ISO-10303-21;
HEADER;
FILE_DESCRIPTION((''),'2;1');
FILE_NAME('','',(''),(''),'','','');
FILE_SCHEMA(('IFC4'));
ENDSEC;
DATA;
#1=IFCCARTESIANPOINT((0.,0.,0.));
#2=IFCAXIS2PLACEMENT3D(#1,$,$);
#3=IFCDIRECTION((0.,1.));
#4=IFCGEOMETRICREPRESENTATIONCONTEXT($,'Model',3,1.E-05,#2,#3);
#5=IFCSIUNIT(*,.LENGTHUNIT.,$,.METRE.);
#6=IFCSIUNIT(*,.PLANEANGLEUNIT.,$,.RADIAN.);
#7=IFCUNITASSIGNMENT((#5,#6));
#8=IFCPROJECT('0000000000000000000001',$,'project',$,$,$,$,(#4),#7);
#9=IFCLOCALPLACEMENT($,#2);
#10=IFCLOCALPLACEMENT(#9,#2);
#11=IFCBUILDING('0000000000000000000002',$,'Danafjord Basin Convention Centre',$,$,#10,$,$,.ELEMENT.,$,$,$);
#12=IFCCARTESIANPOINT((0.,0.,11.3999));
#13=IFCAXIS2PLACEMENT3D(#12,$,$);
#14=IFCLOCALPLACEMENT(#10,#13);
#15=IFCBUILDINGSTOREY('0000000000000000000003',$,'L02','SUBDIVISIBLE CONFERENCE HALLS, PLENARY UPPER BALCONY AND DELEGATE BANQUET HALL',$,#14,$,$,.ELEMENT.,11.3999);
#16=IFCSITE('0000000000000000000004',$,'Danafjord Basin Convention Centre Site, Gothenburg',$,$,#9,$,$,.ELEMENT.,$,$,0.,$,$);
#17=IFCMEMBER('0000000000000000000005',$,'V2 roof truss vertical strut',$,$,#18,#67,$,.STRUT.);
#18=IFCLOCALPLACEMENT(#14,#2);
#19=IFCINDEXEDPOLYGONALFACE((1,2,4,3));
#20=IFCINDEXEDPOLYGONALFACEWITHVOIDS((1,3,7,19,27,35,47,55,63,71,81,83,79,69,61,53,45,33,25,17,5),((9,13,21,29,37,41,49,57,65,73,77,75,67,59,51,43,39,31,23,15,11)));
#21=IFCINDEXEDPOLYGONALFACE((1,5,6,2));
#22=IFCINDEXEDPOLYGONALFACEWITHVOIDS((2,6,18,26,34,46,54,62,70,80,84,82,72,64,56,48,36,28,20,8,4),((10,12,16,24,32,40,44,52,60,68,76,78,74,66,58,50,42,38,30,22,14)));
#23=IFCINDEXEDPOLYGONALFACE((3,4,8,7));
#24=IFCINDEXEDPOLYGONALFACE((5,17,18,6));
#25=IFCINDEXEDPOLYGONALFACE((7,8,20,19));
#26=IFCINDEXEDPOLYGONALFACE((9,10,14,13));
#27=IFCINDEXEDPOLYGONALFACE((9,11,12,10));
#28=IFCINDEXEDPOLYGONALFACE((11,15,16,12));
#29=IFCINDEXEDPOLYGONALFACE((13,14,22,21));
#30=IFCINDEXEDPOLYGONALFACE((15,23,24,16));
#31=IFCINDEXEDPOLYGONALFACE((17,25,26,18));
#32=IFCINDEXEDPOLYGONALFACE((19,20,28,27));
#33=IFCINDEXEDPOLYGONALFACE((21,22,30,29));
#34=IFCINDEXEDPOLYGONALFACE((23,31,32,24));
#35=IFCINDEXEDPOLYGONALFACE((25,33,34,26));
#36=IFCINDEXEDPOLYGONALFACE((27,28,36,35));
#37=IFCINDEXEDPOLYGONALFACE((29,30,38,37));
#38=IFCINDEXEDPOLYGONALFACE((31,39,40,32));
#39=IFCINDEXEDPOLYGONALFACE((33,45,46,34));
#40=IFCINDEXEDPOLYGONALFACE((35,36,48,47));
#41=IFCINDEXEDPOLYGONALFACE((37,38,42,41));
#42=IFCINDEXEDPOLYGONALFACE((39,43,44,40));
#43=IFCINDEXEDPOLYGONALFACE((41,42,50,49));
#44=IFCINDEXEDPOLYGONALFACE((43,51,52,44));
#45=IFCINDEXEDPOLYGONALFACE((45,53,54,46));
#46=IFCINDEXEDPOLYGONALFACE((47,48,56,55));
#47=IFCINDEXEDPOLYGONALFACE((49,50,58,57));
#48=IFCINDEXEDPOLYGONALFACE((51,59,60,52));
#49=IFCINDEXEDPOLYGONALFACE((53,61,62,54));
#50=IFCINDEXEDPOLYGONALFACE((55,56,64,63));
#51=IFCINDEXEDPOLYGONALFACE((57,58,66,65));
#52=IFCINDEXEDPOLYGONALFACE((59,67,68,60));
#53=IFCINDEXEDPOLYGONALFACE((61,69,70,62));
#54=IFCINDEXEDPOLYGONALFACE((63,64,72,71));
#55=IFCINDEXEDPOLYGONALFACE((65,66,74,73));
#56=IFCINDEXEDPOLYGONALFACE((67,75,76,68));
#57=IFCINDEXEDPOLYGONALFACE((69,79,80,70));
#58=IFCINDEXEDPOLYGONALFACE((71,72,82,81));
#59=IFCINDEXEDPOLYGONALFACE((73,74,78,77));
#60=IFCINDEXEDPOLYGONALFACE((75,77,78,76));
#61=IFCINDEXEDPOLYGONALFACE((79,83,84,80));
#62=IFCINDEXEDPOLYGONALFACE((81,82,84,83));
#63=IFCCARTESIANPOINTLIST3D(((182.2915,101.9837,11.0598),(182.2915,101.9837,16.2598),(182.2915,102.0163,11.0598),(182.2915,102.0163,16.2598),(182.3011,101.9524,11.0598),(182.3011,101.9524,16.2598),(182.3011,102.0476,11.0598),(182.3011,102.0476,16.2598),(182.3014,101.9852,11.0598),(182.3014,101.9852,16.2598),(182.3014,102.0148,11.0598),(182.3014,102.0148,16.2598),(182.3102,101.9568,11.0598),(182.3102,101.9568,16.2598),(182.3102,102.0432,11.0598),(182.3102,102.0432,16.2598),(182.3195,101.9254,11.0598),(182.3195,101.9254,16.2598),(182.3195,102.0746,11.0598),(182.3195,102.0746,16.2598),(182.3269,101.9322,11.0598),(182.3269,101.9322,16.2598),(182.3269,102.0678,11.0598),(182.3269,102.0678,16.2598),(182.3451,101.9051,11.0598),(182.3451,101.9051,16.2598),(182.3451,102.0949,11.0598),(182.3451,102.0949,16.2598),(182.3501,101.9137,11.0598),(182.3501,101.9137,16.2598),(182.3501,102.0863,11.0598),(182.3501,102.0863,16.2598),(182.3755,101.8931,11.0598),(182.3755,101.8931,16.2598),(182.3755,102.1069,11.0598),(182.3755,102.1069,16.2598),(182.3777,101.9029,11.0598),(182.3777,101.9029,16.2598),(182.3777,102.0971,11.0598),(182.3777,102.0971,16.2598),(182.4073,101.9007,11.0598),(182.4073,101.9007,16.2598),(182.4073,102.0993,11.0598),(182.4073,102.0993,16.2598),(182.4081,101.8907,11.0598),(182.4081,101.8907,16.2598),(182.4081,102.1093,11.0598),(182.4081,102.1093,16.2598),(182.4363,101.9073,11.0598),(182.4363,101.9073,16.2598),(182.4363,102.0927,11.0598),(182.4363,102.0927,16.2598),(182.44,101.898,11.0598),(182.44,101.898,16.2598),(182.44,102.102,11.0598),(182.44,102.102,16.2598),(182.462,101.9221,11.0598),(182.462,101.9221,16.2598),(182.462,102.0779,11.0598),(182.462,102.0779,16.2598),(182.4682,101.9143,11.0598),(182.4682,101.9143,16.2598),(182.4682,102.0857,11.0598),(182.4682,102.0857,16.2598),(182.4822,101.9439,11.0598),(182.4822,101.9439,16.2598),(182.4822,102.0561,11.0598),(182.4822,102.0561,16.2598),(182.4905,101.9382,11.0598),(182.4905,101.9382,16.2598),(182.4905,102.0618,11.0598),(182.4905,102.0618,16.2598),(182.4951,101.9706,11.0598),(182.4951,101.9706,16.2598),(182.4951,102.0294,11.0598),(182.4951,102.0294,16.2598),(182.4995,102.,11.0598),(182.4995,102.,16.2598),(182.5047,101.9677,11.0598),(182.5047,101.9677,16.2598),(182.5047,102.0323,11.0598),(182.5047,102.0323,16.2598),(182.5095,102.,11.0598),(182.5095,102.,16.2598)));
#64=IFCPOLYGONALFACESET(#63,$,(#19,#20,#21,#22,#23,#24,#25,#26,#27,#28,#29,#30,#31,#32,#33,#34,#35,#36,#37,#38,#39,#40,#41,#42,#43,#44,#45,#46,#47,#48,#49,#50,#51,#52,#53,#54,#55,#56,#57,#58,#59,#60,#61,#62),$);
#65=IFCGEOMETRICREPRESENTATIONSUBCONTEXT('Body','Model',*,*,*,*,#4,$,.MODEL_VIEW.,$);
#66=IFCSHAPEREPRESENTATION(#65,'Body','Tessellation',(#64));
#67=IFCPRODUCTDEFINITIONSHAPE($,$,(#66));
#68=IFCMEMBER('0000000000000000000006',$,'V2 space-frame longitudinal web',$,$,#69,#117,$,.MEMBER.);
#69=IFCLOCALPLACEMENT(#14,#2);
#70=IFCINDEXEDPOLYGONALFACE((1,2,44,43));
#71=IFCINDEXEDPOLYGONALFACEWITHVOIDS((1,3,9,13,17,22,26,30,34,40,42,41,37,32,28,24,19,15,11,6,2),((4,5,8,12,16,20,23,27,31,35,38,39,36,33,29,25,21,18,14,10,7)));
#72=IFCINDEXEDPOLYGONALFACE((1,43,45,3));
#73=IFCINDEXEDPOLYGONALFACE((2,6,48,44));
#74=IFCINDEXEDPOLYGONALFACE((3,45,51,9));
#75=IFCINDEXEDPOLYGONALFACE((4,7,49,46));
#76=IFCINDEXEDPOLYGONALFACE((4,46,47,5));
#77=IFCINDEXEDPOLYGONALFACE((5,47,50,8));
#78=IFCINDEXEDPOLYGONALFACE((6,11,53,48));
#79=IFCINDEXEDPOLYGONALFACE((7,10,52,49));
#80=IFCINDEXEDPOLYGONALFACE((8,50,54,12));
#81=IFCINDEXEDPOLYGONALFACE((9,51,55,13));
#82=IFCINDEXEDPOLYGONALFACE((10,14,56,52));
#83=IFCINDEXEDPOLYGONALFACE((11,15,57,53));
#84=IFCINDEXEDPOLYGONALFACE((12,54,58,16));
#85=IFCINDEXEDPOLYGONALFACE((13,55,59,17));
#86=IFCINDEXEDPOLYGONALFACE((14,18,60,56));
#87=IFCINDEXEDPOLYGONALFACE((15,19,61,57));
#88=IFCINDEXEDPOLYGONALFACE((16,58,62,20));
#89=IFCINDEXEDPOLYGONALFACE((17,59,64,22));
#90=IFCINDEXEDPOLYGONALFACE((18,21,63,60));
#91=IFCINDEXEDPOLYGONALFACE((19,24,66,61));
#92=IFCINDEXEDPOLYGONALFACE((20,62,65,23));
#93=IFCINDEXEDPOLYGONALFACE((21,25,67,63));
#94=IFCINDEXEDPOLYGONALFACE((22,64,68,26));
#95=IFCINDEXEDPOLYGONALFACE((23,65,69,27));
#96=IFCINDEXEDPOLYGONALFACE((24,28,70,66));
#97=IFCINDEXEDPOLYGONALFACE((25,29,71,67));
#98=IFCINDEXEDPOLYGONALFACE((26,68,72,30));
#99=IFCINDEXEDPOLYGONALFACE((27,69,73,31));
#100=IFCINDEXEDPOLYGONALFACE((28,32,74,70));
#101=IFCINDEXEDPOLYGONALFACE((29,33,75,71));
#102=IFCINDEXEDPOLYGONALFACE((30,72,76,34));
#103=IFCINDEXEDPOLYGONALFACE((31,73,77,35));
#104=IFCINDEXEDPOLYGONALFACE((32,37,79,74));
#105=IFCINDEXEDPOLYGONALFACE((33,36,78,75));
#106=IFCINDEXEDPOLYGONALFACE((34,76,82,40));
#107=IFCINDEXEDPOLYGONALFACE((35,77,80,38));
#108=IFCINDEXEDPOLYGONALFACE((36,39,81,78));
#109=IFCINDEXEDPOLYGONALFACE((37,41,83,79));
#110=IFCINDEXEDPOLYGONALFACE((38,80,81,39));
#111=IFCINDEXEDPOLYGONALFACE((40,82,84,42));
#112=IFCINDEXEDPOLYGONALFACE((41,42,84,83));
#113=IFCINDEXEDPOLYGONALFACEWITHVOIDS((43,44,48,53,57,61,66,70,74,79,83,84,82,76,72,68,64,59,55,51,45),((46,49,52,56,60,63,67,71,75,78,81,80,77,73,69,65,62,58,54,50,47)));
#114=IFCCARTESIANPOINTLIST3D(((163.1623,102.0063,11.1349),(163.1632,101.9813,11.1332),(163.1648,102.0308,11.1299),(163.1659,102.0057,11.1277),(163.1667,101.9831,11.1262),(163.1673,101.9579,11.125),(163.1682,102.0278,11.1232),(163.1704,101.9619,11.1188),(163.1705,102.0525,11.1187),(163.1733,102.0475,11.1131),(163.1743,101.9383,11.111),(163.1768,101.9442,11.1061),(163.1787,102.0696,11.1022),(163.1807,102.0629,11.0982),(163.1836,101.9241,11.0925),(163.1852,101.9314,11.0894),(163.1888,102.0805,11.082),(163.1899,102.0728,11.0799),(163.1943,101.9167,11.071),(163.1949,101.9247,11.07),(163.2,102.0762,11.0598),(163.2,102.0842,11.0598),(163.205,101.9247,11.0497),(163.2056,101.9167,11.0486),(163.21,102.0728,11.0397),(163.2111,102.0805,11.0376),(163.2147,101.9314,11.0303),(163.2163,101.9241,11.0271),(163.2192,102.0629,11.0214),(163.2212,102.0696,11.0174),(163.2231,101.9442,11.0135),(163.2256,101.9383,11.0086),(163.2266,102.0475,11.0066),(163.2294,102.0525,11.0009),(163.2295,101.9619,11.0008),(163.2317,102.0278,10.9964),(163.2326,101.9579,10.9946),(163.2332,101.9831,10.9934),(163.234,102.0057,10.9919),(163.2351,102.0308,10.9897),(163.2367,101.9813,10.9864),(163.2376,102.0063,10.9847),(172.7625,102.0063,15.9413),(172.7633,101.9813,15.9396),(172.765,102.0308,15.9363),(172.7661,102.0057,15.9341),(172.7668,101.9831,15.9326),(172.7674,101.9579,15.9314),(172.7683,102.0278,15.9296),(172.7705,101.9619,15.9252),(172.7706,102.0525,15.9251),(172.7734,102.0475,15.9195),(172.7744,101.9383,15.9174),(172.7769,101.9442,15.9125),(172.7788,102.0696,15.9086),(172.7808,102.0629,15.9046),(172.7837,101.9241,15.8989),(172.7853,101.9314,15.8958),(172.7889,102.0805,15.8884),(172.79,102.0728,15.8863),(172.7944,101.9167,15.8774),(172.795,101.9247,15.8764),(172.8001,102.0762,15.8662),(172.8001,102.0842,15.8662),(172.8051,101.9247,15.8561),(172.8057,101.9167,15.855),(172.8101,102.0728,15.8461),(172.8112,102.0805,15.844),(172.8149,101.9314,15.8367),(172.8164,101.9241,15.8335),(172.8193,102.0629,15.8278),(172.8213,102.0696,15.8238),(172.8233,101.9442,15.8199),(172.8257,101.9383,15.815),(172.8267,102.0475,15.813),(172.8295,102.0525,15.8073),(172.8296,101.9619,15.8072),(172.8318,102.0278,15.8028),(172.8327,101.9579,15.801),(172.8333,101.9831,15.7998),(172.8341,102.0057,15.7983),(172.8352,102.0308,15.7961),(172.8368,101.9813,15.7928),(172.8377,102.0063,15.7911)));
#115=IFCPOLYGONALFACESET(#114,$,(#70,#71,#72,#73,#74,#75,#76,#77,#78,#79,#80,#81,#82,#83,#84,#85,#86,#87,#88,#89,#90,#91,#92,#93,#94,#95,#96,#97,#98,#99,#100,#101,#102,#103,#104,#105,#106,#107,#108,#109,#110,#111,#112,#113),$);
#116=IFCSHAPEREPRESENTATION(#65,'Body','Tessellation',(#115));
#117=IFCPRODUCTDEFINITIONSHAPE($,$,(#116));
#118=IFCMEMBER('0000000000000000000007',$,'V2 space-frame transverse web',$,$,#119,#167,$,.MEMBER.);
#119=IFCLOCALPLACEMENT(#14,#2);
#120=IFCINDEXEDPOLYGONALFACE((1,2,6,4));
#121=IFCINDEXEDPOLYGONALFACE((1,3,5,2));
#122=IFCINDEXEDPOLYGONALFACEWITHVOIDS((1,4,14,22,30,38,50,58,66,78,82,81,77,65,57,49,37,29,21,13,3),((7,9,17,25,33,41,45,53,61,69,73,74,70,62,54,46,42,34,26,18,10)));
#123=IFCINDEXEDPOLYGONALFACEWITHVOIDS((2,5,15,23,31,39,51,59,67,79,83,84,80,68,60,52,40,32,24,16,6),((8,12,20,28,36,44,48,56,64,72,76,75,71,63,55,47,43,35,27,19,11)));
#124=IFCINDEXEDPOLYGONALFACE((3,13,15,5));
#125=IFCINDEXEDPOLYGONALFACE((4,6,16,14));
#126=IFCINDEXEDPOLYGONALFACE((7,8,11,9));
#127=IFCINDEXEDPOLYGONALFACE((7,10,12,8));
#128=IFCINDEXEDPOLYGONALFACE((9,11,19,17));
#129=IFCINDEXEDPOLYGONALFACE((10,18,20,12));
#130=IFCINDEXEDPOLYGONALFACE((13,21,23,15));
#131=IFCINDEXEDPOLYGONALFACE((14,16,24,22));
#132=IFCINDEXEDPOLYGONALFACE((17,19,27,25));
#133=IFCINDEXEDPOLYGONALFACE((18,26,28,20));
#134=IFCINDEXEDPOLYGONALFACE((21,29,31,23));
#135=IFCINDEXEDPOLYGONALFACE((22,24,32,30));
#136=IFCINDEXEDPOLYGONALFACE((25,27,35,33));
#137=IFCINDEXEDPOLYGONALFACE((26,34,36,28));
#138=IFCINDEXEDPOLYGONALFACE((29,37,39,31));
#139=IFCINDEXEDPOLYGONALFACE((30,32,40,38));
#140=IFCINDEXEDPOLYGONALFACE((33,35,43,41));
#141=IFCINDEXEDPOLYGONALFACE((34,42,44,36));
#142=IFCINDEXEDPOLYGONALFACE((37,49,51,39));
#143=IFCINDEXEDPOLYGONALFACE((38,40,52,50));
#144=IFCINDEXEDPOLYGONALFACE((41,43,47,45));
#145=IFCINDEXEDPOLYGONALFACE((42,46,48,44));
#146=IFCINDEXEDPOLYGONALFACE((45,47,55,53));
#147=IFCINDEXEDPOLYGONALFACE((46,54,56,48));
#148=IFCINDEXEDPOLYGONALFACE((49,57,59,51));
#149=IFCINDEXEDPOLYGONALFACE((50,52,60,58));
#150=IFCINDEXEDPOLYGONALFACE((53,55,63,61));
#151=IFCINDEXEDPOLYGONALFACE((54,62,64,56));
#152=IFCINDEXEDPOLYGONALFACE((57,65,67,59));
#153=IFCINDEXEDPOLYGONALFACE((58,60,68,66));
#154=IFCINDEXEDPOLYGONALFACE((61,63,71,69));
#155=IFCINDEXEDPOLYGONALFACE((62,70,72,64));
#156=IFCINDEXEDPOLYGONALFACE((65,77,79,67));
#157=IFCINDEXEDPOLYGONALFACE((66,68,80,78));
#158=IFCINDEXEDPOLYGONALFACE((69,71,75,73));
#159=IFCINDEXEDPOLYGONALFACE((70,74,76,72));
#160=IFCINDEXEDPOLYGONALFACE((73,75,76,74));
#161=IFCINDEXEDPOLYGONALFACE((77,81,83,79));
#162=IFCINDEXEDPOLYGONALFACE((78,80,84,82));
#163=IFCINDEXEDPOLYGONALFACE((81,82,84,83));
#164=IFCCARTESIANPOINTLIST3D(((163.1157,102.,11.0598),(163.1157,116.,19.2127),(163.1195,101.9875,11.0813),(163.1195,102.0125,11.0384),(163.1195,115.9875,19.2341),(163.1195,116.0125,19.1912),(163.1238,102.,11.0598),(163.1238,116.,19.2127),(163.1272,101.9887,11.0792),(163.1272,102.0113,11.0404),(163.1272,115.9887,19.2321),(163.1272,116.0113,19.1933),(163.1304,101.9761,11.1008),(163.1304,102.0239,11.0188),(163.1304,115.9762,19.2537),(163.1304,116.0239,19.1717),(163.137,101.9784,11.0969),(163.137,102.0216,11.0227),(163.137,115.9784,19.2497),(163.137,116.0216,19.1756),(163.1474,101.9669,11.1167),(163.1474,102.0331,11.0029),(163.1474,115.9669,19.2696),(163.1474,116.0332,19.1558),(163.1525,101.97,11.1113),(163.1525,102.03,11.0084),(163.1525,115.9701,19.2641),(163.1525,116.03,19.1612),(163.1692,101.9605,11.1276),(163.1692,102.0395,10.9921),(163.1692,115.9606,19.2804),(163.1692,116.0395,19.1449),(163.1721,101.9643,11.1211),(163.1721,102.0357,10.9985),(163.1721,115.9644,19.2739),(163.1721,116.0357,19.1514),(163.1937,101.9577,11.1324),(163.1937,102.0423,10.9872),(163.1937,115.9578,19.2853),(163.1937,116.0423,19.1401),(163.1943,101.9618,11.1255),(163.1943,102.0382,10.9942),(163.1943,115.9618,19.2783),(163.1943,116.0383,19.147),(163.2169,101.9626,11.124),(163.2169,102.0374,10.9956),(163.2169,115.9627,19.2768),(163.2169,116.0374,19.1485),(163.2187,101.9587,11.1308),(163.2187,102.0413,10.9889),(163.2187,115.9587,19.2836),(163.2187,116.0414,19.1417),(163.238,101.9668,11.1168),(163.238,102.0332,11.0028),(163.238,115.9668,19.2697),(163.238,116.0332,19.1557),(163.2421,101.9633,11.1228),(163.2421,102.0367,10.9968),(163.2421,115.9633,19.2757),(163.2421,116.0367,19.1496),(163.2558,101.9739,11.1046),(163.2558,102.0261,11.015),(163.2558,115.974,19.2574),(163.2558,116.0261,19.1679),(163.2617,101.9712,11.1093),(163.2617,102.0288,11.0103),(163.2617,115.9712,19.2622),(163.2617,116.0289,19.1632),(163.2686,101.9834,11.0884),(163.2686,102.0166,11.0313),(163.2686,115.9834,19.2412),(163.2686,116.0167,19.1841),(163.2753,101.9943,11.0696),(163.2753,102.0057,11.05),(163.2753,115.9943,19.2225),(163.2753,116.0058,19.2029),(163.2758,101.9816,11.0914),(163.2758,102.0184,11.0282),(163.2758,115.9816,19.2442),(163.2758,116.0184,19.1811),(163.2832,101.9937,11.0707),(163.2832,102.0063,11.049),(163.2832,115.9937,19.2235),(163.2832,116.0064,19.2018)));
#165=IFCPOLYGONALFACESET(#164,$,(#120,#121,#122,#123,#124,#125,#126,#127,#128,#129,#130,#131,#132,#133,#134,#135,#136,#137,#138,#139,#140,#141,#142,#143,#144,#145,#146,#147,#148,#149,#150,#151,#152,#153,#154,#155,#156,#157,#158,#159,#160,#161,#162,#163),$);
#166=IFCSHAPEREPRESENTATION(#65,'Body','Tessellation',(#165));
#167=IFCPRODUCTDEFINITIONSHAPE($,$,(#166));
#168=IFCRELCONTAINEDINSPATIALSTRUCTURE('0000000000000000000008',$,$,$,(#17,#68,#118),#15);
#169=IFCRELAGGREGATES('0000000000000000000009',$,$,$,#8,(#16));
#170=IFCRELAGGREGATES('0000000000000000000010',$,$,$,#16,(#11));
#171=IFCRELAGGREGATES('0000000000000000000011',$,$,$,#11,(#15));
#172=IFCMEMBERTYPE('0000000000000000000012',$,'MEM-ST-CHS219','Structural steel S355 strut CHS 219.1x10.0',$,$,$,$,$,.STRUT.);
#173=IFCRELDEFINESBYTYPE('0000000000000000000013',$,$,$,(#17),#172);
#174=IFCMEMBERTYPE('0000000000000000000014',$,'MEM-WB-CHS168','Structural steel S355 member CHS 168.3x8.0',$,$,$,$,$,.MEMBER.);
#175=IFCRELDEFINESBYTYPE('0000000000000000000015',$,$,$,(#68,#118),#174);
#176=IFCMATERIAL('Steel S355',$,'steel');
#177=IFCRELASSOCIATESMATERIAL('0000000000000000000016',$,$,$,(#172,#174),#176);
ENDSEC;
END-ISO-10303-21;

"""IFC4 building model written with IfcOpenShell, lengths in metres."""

from ifc_helpers import new_model, si_unit, direction, frame, origin, origin_2d, place, context, subcontext, project, spatial, hollow_circle, extrude, material, material_profile, profile_set, type_object, element, save


model = new_model("IFC4")

# Units and contexts
model_context = context("Model", 3, precision=1e-05, world=origin(), true_north=direction((0.0, 1.0)))
body_context = subcontext(model_context, "Body", "Model", "MODEL_VIEW")
ifc_project = project(units=[si_unit("LENGTHUNIT", "METRE"), si_unit("PLANEANGLEUNIT", "RADIAN")], contexts=[model_context])

# Site, building, storey
site_placement = place(None, origin())
site = spatial("IfcSite", under=ifc_project, at=site_placement, Name="Danafjord Basin Convention Centre Site, Gothenburg", CompositionType="ELEMENT", RefElevation=0.0)
building_placement = place(site_placement, origin())
building = spatial("IfcBuilding", under=site, at=building_placement, Name="Danafjord Basin Convention Centre", CompositionType="ELEMENT")
storey_placement = place(building_placement, frame((0.0, 0.0, 11.3999)))
storey = spatial("IfcBuildingStorey", under=building, at=storey_placement, Name="L02", Description="SUBDIVISIBLE CONFERENCE HALLS, PLENARY UPPER BALCONY AND DELEGATE BANQUET HALL", CompositionType="ELEMENT", Elevation=11.3999)

# Shared definitions
ifc_material = material(Name="Steel S355", Category="steel")

# Members
ifc_material_profile_1 = material_profile(ifc_material, hollow_circle(Radius=0.1096, WallThickness=0.01, at=origin_2d()), Name="CHS 219.1x10.0")
ifc_profile_set_1 = profile_set([ifc_material_profile_1], Name="Steel S355")
member_type_1 = type_object("IfcMemberType", Name="MEM-ST-CHS219", Description="Structural steel S355 strut CHS 219.1x10.0", PredefinedType="STRUT", material=ifc_profile_set_1)
member_1_placement = place(storey_placement, frame((182.3999, 102.0, 11.0598), z_axis=(0.0, 0.0, 1.0), x_axis=(1.0, 0.0, 0.0)))
element("IfcMember", 1, at=member_1_placement, inside=storey, type_object=member_type_1, Name="V2 roof truss vertical strut", PredefinedType="STRUT", context=body_context, shape_type="SweptSolid", body=[
    extrude(hollow_circle(Radius=0.1096, WallThickness=0.01, at=origin_2d()), origin(), (0.0, 0.0, 1.0), 5.2),
])
ifc_material_profile_2 = material_profile(ifc_material, hollow_circle(Radius=0.0842, WallThickness=0.0081, at=origin_2d()), Name="CHS 168.3x8.0")
ifc_profile_set_2 = profile_set([ifc_material_profile_2], Name="Steel S355")
member_type_2 = type_object("IfcMemberType", Name="MEM-WB-CHS168", Description="Structural steel S355 member CHS 168.3x8.0", PredefinedType="MEMBER", material=ifc_profile_set_2)
member_2_placement = place(storey_placement, frame((163.2, 102.0, 11.0598), z_axis=(0.894191, 0.0, 0.447687), x_axis=(0.0, 1.0, 0.0)))
element("IfcMember", 2, at=member_2_placement, inside=storey, type_object=member_type_2, Name="V2 space-frame longitudinal web", PredefinedType="MEMBER", context=body_context, shape_type="SweptSolid", body=[
    extrude(hollow_circle(Radius=0.0842, WallThickness=0.0081, at=origin_2d()), origin(), (0.0, 0.0, 1.0), 10.7361),
])
member_3_placement = place(storey_placement, frame((163.2, 102.0, 11.0598), z_axis=(0.0, 0.86415, 0.503234), x_axis=(-1.0, 0.0, 0.0)))
element("IfcMember", 3, at=member_3_placement, inside=storey, type_object=member_type_2, Name="V2 space-frame transverse web", PredefinedType="MEMBER", context=body_context, shape_type="SweptSolid", body=[
    extrude(hollow_circle(Radius=0.0842, WallThickness=0.0081, at=origin_2d()), origin(), (0.0, 0.0, 1.0), 16.2009),
])

save(model, "model.ifc")
